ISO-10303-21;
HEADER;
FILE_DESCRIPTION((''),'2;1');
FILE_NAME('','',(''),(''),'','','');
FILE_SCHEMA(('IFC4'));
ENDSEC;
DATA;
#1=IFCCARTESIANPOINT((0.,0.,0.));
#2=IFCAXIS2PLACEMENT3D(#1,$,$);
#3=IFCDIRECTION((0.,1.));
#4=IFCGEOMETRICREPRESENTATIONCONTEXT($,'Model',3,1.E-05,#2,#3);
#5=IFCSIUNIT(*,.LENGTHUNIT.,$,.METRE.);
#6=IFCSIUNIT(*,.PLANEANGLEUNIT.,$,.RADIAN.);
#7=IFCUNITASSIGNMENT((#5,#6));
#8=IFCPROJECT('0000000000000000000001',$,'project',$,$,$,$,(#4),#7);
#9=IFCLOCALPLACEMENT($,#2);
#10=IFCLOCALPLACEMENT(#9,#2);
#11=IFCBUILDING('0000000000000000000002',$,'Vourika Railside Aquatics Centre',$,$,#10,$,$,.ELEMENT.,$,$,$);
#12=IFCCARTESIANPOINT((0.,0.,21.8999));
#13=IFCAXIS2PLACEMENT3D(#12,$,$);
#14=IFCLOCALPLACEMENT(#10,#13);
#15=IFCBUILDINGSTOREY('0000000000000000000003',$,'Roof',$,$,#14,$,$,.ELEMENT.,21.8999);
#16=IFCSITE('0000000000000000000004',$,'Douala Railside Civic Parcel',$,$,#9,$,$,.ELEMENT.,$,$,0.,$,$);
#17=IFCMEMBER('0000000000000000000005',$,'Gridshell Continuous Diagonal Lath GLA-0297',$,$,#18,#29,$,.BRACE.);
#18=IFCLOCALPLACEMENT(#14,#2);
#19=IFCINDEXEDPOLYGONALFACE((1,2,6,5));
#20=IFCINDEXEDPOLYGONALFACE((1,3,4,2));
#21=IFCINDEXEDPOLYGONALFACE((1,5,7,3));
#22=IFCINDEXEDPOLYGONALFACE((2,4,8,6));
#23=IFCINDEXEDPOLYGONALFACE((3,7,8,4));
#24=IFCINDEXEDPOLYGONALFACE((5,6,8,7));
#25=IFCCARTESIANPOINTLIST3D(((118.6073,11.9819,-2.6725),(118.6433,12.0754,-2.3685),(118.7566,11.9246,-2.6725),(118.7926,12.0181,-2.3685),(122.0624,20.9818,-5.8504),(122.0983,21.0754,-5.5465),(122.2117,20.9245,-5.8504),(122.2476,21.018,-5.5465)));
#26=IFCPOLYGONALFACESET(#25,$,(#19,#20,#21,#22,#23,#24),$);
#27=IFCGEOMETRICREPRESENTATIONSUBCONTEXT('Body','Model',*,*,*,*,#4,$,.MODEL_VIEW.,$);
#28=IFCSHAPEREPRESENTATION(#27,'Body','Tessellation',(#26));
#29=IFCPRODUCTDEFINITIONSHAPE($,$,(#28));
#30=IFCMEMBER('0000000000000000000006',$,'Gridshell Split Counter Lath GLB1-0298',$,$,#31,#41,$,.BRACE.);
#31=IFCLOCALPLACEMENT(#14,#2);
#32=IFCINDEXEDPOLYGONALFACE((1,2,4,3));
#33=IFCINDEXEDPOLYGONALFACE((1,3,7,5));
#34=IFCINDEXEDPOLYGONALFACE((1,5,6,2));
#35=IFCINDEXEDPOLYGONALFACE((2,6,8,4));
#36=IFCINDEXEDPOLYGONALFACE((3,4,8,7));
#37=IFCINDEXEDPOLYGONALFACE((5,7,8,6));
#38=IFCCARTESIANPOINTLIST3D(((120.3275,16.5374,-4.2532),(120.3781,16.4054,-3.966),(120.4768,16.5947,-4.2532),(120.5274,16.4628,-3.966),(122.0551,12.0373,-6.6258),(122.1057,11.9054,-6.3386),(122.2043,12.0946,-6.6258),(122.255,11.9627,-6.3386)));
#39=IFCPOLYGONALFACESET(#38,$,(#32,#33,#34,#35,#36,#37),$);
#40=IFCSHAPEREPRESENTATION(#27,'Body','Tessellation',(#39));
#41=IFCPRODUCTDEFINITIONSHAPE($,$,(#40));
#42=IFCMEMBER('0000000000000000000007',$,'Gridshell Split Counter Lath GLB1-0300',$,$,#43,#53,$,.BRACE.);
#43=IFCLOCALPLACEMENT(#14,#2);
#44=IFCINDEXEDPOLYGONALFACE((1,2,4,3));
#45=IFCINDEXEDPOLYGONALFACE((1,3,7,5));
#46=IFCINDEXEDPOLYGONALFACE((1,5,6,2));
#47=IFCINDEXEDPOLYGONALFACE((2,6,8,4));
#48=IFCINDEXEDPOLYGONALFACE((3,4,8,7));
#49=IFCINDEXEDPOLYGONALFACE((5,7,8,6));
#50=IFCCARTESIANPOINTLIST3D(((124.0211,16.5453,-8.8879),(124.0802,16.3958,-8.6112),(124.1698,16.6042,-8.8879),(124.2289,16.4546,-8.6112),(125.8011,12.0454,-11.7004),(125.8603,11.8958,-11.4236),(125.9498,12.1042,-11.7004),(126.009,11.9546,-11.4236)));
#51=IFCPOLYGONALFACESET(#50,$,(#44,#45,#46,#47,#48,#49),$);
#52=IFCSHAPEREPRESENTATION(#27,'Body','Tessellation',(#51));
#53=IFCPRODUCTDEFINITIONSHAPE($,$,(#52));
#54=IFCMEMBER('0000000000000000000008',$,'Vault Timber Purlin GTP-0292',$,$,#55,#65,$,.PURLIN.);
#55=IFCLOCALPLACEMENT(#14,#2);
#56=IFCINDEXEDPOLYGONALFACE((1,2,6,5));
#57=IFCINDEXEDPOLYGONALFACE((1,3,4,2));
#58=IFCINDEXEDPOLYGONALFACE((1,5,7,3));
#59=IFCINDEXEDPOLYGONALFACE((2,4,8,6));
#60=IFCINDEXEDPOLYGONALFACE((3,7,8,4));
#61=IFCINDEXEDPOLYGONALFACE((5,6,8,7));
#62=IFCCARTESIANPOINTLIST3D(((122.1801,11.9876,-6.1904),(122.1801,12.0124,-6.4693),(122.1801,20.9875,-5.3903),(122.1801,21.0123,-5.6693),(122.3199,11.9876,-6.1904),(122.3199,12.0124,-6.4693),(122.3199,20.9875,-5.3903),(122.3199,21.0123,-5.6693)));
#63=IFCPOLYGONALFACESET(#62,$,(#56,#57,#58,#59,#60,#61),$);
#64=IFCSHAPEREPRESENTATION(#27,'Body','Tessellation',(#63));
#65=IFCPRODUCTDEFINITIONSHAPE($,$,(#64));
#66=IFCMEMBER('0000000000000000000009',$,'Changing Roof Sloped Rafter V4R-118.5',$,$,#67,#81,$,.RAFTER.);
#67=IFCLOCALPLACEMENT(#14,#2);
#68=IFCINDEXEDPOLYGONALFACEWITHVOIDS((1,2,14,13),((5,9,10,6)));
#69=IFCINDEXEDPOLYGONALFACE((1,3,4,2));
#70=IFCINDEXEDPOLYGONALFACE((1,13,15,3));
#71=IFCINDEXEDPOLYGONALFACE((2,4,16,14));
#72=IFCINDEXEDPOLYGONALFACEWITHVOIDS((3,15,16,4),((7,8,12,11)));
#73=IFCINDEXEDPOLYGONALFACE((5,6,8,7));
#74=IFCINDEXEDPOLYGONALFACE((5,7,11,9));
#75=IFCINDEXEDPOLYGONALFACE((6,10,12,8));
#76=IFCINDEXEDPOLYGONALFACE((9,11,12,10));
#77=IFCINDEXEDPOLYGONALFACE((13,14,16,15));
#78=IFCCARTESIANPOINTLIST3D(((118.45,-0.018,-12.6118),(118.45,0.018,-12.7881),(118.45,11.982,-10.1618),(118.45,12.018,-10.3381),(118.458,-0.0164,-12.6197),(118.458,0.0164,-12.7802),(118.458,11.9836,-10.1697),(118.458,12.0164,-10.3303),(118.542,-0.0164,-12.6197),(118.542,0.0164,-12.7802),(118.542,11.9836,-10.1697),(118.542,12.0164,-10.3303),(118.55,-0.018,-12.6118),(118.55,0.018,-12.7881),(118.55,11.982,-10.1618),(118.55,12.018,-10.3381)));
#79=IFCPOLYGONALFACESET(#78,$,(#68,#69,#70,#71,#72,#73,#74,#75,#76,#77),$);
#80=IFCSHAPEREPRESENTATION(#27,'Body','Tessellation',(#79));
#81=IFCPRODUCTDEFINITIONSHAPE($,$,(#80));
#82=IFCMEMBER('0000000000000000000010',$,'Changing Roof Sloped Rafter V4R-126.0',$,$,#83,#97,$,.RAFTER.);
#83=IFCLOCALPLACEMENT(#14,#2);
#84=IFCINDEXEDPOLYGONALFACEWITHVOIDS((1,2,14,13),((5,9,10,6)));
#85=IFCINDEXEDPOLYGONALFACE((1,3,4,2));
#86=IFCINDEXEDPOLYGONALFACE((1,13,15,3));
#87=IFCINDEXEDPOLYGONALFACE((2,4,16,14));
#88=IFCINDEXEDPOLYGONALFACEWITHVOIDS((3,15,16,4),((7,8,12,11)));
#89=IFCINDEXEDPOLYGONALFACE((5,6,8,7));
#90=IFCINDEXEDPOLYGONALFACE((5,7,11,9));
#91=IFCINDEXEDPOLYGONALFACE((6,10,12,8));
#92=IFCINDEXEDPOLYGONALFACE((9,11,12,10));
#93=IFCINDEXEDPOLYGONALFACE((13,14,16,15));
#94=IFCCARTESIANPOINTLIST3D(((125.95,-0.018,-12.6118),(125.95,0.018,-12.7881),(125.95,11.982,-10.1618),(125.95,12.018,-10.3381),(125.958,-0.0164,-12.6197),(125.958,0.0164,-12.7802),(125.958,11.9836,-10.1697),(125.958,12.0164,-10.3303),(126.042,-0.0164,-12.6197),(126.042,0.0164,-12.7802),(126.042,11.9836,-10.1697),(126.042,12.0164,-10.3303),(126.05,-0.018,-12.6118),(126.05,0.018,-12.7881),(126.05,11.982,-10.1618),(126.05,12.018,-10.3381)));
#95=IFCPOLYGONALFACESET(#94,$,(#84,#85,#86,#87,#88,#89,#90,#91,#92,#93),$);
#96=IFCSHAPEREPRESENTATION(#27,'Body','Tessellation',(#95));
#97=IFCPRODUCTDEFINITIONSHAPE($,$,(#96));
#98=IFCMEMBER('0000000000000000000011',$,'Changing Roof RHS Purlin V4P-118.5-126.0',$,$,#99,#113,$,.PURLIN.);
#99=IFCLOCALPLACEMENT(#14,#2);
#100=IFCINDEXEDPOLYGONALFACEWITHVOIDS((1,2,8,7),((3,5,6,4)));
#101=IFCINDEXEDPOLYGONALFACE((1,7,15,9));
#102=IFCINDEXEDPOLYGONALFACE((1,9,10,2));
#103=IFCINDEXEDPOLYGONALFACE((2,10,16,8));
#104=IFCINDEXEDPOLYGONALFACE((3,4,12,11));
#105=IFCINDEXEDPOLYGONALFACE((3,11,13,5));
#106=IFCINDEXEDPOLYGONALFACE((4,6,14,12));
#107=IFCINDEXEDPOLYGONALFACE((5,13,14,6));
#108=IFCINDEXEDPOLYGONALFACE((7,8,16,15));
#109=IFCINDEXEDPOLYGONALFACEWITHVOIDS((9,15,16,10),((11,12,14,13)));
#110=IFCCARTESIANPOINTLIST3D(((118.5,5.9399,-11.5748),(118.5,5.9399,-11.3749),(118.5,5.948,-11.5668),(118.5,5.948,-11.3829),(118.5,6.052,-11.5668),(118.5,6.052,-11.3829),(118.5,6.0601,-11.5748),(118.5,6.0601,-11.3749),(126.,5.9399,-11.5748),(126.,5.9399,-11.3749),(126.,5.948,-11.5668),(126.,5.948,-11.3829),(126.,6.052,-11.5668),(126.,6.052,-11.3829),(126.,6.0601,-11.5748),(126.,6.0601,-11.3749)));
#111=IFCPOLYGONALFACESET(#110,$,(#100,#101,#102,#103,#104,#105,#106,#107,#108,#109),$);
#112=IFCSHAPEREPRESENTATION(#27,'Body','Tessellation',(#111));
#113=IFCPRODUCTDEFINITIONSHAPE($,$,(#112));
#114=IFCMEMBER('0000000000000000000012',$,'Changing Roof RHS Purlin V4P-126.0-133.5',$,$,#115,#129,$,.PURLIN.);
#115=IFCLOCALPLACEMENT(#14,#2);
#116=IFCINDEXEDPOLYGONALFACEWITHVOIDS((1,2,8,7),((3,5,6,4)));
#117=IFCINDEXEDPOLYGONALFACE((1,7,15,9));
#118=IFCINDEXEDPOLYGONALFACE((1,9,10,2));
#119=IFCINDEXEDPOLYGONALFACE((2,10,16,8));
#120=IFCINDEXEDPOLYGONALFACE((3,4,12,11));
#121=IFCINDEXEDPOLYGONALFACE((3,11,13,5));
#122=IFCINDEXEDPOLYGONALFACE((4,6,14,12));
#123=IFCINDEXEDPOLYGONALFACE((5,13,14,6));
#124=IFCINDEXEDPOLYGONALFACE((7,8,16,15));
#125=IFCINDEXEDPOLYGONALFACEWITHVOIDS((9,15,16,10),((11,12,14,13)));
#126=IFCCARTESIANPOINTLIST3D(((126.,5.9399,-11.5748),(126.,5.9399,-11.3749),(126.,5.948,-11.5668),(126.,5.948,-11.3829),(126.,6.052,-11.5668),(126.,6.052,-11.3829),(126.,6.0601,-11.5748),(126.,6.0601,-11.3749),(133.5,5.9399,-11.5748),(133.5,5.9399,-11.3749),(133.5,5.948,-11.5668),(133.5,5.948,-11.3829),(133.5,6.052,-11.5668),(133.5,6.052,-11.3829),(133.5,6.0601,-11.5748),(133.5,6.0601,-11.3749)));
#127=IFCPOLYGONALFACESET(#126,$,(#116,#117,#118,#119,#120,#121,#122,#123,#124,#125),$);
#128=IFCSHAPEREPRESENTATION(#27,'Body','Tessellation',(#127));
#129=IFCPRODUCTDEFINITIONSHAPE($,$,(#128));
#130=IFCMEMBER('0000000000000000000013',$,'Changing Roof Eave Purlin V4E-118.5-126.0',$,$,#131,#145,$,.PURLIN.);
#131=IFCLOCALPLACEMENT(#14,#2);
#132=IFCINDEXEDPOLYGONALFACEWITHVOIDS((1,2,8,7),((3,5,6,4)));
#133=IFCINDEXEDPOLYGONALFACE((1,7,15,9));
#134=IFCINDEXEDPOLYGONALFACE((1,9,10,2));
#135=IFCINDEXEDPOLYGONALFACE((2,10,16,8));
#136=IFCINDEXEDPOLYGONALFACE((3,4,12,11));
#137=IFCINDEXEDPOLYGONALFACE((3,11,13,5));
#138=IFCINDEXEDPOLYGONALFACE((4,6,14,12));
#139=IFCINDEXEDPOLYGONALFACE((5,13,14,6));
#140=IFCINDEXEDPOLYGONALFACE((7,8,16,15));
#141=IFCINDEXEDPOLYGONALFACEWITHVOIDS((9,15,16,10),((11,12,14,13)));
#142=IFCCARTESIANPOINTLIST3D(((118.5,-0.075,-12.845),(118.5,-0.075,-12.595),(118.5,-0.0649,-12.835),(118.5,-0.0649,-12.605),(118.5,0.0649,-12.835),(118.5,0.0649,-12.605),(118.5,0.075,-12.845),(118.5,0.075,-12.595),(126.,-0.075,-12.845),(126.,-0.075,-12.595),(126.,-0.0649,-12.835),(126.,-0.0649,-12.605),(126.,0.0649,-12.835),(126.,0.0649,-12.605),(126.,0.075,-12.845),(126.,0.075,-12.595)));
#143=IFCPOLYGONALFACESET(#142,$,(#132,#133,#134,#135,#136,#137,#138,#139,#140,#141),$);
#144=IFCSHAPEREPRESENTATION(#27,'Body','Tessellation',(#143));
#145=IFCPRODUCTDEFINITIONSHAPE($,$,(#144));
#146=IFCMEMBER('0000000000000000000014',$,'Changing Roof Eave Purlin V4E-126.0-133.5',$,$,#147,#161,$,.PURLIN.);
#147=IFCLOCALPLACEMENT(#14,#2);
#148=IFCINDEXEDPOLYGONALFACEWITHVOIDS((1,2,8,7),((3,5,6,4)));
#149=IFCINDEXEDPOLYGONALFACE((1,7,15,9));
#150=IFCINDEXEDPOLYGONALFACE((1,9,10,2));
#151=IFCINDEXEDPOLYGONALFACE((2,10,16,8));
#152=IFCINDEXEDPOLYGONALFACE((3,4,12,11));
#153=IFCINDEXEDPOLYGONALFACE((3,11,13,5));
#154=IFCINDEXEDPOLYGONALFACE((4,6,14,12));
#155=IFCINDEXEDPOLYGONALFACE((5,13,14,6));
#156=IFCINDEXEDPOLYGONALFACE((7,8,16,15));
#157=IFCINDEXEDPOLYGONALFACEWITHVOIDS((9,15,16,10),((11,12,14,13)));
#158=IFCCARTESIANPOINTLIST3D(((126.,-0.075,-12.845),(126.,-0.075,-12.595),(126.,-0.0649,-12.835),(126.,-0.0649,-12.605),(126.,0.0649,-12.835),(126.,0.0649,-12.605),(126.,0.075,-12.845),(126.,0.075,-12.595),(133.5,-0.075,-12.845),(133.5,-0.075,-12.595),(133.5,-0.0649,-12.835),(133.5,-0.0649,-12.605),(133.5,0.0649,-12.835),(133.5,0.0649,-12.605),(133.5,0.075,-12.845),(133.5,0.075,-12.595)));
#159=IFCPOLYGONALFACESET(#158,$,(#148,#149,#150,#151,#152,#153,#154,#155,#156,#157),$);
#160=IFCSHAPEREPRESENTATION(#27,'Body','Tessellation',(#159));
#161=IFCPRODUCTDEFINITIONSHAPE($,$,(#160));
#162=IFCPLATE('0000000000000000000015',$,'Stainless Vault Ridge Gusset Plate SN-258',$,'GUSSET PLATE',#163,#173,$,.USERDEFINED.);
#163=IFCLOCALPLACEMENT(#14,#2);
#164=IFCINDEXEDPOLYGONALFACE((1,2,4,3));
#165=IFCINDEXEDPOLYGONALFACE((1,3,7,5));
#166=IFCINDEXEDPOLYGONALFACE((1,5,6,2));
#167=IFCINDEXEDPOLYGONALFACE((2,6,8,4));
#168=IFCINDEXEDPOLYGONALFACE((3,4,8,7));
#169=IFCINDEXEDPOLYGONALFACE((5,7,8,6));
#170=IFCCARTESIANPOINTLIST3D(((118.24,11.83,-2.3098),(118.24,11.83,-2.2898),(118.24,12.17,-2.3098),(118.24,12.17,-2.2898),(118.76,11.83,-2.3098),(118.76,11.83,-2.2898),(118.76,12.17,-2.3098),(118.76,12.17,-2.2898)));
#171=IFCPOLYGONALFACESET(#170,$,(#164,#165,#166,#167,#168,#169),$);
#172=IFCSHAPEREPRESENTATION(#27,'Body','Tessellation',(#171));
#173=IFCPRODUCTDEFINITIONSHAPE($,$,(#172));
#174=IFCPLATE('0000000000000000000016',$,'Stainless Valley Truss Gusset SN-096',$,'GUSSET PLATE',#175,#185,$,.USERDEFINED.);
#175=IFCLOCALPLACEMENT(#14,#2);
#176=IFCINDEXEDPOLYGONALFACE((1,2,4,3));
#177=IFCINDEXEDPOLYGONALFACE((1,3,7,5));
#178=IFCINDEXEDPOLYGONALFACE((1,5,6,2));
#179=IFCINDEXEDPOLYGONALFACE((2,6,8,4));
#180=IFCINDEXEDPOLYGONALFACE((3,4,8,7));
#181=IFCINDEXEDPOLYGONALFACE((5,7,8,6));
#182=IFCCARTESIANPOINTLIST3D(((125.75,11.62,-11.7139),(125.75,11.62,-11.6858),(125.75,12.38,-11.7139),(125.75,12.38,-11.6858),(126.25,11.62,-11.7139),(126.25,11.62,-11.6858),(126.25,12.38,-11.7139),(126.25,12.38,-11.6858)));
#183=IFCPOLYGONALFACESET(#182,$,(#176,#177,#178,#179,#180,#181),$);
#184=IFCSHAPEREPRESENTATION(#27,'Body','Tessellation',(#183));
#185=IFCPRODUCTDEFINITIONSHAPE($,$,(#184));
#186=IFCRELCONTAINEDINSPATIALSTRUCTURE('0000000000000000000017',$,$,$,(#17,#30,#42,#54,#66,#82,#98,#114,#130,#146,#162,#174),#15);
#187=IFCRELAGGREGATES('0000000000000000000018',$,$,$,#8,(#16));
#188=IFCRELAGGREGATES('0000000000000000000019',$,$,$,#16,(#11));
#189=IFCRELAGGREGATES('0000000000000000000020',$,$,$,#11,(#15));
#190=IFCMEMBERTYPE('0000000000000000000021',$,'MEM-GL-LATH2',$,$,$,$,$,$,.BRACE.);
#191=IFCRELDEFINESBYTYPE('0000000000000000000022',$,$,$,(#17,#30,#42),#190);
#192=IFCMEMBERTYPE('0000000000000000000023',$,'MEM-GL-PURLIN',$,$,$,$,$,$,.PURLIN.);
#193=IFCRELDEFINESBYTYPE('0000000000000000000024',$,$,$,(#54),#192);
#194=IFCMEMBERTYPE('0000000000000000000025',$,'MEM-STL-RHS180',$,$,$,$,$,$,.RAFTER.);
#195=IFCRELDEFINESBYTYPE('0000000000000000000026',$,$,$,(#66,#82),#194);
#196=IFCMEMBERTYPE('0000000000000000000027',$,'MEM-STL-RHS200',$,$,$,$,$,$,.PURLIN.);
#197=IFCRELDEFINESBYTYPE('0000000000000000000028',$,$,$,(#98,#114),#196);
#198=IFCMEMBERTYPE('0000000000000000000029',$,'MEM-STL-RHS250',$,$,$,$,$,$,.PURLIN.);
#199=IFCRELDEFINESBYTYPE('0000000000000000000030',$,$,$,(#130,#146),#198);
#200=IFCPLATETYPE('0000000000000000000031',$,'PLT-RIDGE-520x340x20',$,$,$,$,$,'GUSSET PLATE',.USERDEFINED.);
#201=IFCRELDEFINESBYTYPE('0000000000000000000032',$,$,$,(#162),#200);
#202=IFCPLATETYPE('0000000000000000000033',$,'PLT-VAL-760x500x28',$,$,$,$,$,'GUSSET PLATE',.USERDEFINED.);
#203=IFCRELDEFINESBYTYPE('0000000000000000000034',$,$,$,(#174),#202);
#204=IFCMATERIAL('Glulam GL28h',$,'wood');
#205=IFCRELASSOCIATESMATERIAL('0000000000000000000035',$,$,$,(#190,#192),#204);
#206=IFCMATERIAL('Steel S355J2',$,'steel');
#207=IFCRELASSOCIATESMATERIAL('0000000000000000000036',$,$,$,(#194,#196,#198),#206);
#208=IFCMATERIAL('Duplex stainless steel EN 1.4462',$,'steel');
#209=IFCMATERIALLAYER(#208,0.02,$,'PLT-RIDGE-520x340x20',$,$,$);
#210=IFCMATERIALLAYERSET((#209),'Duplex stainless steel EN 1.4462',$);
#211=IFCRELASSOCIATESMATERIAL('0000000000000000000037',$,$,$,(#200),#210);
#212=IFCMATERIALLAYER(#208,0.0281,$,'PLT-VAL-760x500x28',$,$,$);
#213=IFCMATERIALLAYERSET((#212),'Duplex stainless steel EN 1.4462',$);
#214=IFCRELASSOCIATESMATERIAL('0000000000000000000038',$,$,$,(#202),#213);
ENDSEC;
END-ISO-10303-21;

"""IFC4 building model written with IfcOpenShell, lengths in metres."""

from ifc_helpers import new_model, si_unit, direction, frame, origin, origin_2d, place, context, subcontext, project, spatial, rectangle, hollow_rectangle, extrude, material, layer, layer_set, material_profile, profile_set, type_object, element, save


model = new_model("IFC4")

# Units and contexts
model_context = context("Model", 3, precision=1e-05, world=origin(), true_north=direction((0.0, 1.0)))
body_context = subcontext(model_context, "Body", "Model", "MODEL_VIEW")
ifc_project = project(units=[si_unit("LENGTHUNIT", "METRE"), si_unit("PLANEANGLEUNIT", "RADIAN")], contexts=[model_context])

# Site, building, storey
site_placement = place(None, origin())
site = spatial("IfcSite", under=ifc_project, at=site_placement, Name="Douala Railside Civic Parcel", CompositionType="ELEMENT", RefElevation=0.0)
building_placement = place(site_placement, origin())
building = spatial("IfcBuilding", under=site, at=building_placement, Name="Vourika Railside Aquatics Centre", CompositionType="ELEMENT")
storey_placement = place(building_placement, frame((0.0, 0.0, 21.8999)))
storey = spatial("IfcBuildingStorey", under=building, at=storey_placement, Name="Roof", CompositionType="ELEMENT", Elevation=21.8999)

# Shared definitions
ifc_material_1 = material(Name="Steel S355J2", Category="steel")

# Members
ifc_material_2 = material(Name="Glulam GL28h", Category="wood")
ifc_material_profile_1 = material_profile(ifc_material_2, rectangle(XDim=0.1599, YDim=0.3201, at=origin_2d()), Name="GL28h 160x320")
ifc_profile_set_1 = profile_set([ifc_material_profile_1], Name="Glulam GL28h")
member_type_1 = type_object("IfcMemberType", Name="MEM-GL-LATH2", PredefinedType="BRACE", material=ifc_profile_set_1)
member_1_placement = place(storey_placement, frame((118.7, 12.0, -2.5205), z_axis=(0.340378, 0.886637, -0.313079), x_axis=(-0.93357, 0.358395, 0.0)))
element("IfcMember", 1, at=member_1_placement, inside=storey, type_object=member_type_1, Name="Gridshell Continuous Diagonal Lath GLA-0297", PredefinedType="BRACE", context=body_context, shape_type="SweptSolid", body=[
    extrude(rectangle(XDim=0.1599, YDim=0.3201, at=origin_2d()), origin(), (0.0, 0.0, 1.0), 10.1506),
])
member_2_placement = place(storey_placement, frame((122.155, 12.0, -6.4822), z_axis=(-0.321554, 0.837604, 0.441614), x_axis=(-0.93357, -0.358395, 0.0)))
element("IfcMember", 2, at=member_2_placement, inside=storey, type_object=member_type_1, Name="Gridshell Split Counter Lath GLB1-0298", PredefinedType="BRACE", context=body_context, shape_type="SweptSolid", body=[
    extrude(rectangle(XDim=0.1599, YDim=0.3201, at=origin_2d()), origin(), (0.0, 0.0, 1.0), 5.3726),
])
member_3_placement = place(storey_placement, frame((125.905, 12.0, -11.562), z_axis=(-0.318021, 0.803973, 0.502483), x_axis=(-0.929893, -0.36783, 0.0)))
element("IfcMember", 3, at=member_3_placement, inside=storey, type_object=member_type_1, Name="Gridshell Split Counter Lath GLB1-0300", PredefinedType="BRACE", context=body_context, shape_type="SweptSolid", body=[
    extrude(rectangle(XDim=0.1599, YDim=0.3201, at=origin_2d()), origin(), (0.0, 0.0, 1.0), 5.5972),
])
ifc_material_profile_2 = material_profile(ifc_material_2, rectangle(XDim=0.1399, YDim=0.28, at=origin_2d()), Name="GL28h 140x280")
ifc_profile_set_2 = profile_set([ifc_material_profile_2], Name="Glulam GL28h")
member_type_2 = type_object("IfcMemberType", Name="MEM-GL-PURLIN", PredefinedType="PURLIN", material=ifc_profile_set_2)
member_4_placement = place(storey_placement, frame((122.25, 12.0, -6.3298), z_axis=(0.0, 0.996072, 0.088545), x_axis=(-1.0, 0.0, 0.0)))
element("IfcMember", 4, at=member_4_placement, inside=storey, type_object=member_type_2, Name="Vault Timber Purlin GTP-0292", PredefinedType="PURLIN", context=body_context, shape_type="SweptSolid", body=[
    extrude(rectangle(XDim=0.1399, YDim=0.28, at=origin_2d()), origin(), (0.0, 0.0, 1.0), 9.0354),
])
ifc_material_profile_3 = material_profile(ifc_material_1, hollow_rectangle(XDim=0.1001, YDim=0.1799, WallThickness=0.0081, at=origin_2d()), Name="RHS 180x100x8")
ifc_profile_set_3 = profile_set([ifc_material_profile_3], Name="Steel S355J2")
member_type_3 = type_object("IfcMemberType", Name="MEM-STL-RHS180", PredefinedType="RAFTER", material=ifc_profile_set_3)
for number, where, z_axis, x_axis, name in (
    (5, (118.5, 0.0, -12.7), (0.0, 0.979789, 0.200036), (-1.0, 0.0, 0.0), "Changing Roof Sloped Rafter V4R-118.5"),
    (6, (126.0, 0.0, -12.7), (0.0, 0.979789, 0.200036), (-1.0, 0.0, 0.0), "Changing Roof Sloped Rafter V4R-126.0"),
):
    element("IfcMember", number, at=place(storey_placement, frame(where, z_axis=z_axis, x_axis=x_axis)), inside=storey, type_object=member_type_3, Name=name, PredefinedType="RAFTER", context=body_context, shape_type="SweptSolid", body=[
        extrude(hollow_rectangle(XDim=0.1001, YDim=0.1799, WallThickness=0.0081, at=origin_2d()), origin(), (0.0, 0.0, 1.0), 12.2476),
    ])
ifc_material_profile_4 = material_profile(ifc_material_1, hollow_rectangle(XDim=0.1201, YDim=0.2, WallThickness=0.0081, at=origin_2d()), Name="RHS 200x120x8")
ifc_profile_set_4 = profile_set([ifc_material_profile_4], Name="Steel S355J2")
member_type_4 = type_object("IfcMemberType", Name="MEM-STL-RHS200", PredefinedType="PURLIN", material=ifc_profile_set_4)
for number, where, z_axis, x_axis, name in (
    (7, (118.5, 6.0, -11.4749), (1.0, 0.0, 0.0), (0.0, 1.0, 0.0), "Changing Roof RHS Purlin V4P-118.5-126.0"),
    (8, (126.0, 6.0, -11.4749), (1.0, 0.0, 0.0), (0.0, 1.0, 0.0), "Changing Roof RHS Purlin V4P-126.0-133.5"),
):
    element("IfcMember", number, at=place(storey_placement, frame(where, z_axis=z_axis, x_axis=x_axis)), inside=storey, type_object=member_type_4, Name=name, PredefinedType="PURLIN", context=body_context, shape_type="SweptSolid", body=[
        extrude(hollow_rectangle(XDim=0.1201, YDim=0.2, WallThickness=0.0081, at=origin_2d()), origin(), (0.0, 0.0, 1.0), 7.5),
    ])
ifc_material_profile_5 = material_profile(ifc_material_1, hollow_rectangle(XDim=0.1499, YDim=0.25, WallThickness=0.01, at=origin_2d()), Name="RHS 250x150x10")
ifc_profile_set_5 = profile_set([ifc_material_profile_5], Name="Steel S355J2")
member_type_5 = type_object("IfcMemberType", Name="MEM-STL-RHS250", PredefinedType="PURLIN", material=ifc_profile_set_5)
for number, where, z_axis, x_axis, name in (
    (9, (118.5, 0.0, -12.72), (1.0, 0.0, 0.0), (0.0, 1.0, 0.0), "Changing Roof Eave Purlin V4E-118.5-126.0"),
    (10, (126.0, 0.0, -12.72), (1.0, 0.0, 0.0), (0.0, 1.0, 0.0), "Changing Roof Eave Purlin V4E-126.0-133.5"),
):
    element("IfcMember", number, at=place(storey_placement, frame(where, z_axis=z_axis, x_axis=x_axis)), inside=storey, type_object=member_type_5, Name=name, PredefinedType="PURLIN", context=body_context, shape_type="SweptSolid", body=[
        extrude(hollow_rectangle(XDim=0.1499, YDim=0.25, WallThickness=0.01, at=origin_2d()), origin(), (0.0, 0.0, 1.0), 7.5),
    ])

# Plates
ifc_material_3 = material(Name="Duplex stainless steel EN 1.4462", Category="steel")
ifc_layer_1 = layer(ifc_material_3, 0.02, Name="PLT-RIDGE-520x340x20")
ifc_layer_set_1 = layer_set([ifc_layer_1], Name="Duplex stainless steel EN 1.4462")
plate_type_1 = type_object("IfcPlateType", Name="PLT-RIDGE-520x340x20", ElementType="GUSSET PLATE", PredefinedType="USERDEFINED", material=ifc_layer_set_1)
plate_1_placement = place(storey_placement, frame((118.5, 12.0, -2.3098), z_axis=(0.0, 0.0, 1.0), x_axis=(1.0, 0.0, 0.0)))
element("IfcPlate", 11, at=plate_1_placement, inside=storey, type_object=plate_type_1, Name="Stainless Vault Ridge Gusset Plate SN-258", ObjectType="GUSSET PLATE", PredefinedType="USERDEFINED", context=body_context, shape_type="SweptSolid", body=[
    extrude(rectangle(XDim=0.52, YDim=0.3401, at=origin_2d()), origin(), (0.0, 0.0, 1.0), 0.02),
])
ifc_layer_2 = layer(ifc_material_3, 0.0281, Name="PLT-VAL-760x500x28")
ifc_layer_set_2 = layer_set([ifc_layer_2], Name="Duplex stainless steel EN 1.4462")
plate_type_2 = type_object("IfcPlateType", Name="PLT-VAL-760x500x28", ElementType="GUSSET PLATE", PredefinedType="USERDEFINED", material=ifc_layer_set_2)
plate_2_placement = place(storey_placement, frame((126.0, 12.0, -11.7139), z_axis=(0.0, 0.0, 1.0), x_axis=(0.0, 1.0, 0.0)))
element("IfcPlate", 12, at=plate_2_placement, inside=storey, type_object=plate_type_2, Name="Stainless Valley Truss Gusset SN-096", ObjectType="GUSSET PLATE", PredefinedType="USERDEFINED", context=body_context, shape_type="SweptSolid", body=[
    extrude(rectangle(XDim=0.76, YDim=0.5, at=origin_2d()), origin(), (0.0, 0.0, 1.0), 0.0281),
])

save(model, "model.ifc")
